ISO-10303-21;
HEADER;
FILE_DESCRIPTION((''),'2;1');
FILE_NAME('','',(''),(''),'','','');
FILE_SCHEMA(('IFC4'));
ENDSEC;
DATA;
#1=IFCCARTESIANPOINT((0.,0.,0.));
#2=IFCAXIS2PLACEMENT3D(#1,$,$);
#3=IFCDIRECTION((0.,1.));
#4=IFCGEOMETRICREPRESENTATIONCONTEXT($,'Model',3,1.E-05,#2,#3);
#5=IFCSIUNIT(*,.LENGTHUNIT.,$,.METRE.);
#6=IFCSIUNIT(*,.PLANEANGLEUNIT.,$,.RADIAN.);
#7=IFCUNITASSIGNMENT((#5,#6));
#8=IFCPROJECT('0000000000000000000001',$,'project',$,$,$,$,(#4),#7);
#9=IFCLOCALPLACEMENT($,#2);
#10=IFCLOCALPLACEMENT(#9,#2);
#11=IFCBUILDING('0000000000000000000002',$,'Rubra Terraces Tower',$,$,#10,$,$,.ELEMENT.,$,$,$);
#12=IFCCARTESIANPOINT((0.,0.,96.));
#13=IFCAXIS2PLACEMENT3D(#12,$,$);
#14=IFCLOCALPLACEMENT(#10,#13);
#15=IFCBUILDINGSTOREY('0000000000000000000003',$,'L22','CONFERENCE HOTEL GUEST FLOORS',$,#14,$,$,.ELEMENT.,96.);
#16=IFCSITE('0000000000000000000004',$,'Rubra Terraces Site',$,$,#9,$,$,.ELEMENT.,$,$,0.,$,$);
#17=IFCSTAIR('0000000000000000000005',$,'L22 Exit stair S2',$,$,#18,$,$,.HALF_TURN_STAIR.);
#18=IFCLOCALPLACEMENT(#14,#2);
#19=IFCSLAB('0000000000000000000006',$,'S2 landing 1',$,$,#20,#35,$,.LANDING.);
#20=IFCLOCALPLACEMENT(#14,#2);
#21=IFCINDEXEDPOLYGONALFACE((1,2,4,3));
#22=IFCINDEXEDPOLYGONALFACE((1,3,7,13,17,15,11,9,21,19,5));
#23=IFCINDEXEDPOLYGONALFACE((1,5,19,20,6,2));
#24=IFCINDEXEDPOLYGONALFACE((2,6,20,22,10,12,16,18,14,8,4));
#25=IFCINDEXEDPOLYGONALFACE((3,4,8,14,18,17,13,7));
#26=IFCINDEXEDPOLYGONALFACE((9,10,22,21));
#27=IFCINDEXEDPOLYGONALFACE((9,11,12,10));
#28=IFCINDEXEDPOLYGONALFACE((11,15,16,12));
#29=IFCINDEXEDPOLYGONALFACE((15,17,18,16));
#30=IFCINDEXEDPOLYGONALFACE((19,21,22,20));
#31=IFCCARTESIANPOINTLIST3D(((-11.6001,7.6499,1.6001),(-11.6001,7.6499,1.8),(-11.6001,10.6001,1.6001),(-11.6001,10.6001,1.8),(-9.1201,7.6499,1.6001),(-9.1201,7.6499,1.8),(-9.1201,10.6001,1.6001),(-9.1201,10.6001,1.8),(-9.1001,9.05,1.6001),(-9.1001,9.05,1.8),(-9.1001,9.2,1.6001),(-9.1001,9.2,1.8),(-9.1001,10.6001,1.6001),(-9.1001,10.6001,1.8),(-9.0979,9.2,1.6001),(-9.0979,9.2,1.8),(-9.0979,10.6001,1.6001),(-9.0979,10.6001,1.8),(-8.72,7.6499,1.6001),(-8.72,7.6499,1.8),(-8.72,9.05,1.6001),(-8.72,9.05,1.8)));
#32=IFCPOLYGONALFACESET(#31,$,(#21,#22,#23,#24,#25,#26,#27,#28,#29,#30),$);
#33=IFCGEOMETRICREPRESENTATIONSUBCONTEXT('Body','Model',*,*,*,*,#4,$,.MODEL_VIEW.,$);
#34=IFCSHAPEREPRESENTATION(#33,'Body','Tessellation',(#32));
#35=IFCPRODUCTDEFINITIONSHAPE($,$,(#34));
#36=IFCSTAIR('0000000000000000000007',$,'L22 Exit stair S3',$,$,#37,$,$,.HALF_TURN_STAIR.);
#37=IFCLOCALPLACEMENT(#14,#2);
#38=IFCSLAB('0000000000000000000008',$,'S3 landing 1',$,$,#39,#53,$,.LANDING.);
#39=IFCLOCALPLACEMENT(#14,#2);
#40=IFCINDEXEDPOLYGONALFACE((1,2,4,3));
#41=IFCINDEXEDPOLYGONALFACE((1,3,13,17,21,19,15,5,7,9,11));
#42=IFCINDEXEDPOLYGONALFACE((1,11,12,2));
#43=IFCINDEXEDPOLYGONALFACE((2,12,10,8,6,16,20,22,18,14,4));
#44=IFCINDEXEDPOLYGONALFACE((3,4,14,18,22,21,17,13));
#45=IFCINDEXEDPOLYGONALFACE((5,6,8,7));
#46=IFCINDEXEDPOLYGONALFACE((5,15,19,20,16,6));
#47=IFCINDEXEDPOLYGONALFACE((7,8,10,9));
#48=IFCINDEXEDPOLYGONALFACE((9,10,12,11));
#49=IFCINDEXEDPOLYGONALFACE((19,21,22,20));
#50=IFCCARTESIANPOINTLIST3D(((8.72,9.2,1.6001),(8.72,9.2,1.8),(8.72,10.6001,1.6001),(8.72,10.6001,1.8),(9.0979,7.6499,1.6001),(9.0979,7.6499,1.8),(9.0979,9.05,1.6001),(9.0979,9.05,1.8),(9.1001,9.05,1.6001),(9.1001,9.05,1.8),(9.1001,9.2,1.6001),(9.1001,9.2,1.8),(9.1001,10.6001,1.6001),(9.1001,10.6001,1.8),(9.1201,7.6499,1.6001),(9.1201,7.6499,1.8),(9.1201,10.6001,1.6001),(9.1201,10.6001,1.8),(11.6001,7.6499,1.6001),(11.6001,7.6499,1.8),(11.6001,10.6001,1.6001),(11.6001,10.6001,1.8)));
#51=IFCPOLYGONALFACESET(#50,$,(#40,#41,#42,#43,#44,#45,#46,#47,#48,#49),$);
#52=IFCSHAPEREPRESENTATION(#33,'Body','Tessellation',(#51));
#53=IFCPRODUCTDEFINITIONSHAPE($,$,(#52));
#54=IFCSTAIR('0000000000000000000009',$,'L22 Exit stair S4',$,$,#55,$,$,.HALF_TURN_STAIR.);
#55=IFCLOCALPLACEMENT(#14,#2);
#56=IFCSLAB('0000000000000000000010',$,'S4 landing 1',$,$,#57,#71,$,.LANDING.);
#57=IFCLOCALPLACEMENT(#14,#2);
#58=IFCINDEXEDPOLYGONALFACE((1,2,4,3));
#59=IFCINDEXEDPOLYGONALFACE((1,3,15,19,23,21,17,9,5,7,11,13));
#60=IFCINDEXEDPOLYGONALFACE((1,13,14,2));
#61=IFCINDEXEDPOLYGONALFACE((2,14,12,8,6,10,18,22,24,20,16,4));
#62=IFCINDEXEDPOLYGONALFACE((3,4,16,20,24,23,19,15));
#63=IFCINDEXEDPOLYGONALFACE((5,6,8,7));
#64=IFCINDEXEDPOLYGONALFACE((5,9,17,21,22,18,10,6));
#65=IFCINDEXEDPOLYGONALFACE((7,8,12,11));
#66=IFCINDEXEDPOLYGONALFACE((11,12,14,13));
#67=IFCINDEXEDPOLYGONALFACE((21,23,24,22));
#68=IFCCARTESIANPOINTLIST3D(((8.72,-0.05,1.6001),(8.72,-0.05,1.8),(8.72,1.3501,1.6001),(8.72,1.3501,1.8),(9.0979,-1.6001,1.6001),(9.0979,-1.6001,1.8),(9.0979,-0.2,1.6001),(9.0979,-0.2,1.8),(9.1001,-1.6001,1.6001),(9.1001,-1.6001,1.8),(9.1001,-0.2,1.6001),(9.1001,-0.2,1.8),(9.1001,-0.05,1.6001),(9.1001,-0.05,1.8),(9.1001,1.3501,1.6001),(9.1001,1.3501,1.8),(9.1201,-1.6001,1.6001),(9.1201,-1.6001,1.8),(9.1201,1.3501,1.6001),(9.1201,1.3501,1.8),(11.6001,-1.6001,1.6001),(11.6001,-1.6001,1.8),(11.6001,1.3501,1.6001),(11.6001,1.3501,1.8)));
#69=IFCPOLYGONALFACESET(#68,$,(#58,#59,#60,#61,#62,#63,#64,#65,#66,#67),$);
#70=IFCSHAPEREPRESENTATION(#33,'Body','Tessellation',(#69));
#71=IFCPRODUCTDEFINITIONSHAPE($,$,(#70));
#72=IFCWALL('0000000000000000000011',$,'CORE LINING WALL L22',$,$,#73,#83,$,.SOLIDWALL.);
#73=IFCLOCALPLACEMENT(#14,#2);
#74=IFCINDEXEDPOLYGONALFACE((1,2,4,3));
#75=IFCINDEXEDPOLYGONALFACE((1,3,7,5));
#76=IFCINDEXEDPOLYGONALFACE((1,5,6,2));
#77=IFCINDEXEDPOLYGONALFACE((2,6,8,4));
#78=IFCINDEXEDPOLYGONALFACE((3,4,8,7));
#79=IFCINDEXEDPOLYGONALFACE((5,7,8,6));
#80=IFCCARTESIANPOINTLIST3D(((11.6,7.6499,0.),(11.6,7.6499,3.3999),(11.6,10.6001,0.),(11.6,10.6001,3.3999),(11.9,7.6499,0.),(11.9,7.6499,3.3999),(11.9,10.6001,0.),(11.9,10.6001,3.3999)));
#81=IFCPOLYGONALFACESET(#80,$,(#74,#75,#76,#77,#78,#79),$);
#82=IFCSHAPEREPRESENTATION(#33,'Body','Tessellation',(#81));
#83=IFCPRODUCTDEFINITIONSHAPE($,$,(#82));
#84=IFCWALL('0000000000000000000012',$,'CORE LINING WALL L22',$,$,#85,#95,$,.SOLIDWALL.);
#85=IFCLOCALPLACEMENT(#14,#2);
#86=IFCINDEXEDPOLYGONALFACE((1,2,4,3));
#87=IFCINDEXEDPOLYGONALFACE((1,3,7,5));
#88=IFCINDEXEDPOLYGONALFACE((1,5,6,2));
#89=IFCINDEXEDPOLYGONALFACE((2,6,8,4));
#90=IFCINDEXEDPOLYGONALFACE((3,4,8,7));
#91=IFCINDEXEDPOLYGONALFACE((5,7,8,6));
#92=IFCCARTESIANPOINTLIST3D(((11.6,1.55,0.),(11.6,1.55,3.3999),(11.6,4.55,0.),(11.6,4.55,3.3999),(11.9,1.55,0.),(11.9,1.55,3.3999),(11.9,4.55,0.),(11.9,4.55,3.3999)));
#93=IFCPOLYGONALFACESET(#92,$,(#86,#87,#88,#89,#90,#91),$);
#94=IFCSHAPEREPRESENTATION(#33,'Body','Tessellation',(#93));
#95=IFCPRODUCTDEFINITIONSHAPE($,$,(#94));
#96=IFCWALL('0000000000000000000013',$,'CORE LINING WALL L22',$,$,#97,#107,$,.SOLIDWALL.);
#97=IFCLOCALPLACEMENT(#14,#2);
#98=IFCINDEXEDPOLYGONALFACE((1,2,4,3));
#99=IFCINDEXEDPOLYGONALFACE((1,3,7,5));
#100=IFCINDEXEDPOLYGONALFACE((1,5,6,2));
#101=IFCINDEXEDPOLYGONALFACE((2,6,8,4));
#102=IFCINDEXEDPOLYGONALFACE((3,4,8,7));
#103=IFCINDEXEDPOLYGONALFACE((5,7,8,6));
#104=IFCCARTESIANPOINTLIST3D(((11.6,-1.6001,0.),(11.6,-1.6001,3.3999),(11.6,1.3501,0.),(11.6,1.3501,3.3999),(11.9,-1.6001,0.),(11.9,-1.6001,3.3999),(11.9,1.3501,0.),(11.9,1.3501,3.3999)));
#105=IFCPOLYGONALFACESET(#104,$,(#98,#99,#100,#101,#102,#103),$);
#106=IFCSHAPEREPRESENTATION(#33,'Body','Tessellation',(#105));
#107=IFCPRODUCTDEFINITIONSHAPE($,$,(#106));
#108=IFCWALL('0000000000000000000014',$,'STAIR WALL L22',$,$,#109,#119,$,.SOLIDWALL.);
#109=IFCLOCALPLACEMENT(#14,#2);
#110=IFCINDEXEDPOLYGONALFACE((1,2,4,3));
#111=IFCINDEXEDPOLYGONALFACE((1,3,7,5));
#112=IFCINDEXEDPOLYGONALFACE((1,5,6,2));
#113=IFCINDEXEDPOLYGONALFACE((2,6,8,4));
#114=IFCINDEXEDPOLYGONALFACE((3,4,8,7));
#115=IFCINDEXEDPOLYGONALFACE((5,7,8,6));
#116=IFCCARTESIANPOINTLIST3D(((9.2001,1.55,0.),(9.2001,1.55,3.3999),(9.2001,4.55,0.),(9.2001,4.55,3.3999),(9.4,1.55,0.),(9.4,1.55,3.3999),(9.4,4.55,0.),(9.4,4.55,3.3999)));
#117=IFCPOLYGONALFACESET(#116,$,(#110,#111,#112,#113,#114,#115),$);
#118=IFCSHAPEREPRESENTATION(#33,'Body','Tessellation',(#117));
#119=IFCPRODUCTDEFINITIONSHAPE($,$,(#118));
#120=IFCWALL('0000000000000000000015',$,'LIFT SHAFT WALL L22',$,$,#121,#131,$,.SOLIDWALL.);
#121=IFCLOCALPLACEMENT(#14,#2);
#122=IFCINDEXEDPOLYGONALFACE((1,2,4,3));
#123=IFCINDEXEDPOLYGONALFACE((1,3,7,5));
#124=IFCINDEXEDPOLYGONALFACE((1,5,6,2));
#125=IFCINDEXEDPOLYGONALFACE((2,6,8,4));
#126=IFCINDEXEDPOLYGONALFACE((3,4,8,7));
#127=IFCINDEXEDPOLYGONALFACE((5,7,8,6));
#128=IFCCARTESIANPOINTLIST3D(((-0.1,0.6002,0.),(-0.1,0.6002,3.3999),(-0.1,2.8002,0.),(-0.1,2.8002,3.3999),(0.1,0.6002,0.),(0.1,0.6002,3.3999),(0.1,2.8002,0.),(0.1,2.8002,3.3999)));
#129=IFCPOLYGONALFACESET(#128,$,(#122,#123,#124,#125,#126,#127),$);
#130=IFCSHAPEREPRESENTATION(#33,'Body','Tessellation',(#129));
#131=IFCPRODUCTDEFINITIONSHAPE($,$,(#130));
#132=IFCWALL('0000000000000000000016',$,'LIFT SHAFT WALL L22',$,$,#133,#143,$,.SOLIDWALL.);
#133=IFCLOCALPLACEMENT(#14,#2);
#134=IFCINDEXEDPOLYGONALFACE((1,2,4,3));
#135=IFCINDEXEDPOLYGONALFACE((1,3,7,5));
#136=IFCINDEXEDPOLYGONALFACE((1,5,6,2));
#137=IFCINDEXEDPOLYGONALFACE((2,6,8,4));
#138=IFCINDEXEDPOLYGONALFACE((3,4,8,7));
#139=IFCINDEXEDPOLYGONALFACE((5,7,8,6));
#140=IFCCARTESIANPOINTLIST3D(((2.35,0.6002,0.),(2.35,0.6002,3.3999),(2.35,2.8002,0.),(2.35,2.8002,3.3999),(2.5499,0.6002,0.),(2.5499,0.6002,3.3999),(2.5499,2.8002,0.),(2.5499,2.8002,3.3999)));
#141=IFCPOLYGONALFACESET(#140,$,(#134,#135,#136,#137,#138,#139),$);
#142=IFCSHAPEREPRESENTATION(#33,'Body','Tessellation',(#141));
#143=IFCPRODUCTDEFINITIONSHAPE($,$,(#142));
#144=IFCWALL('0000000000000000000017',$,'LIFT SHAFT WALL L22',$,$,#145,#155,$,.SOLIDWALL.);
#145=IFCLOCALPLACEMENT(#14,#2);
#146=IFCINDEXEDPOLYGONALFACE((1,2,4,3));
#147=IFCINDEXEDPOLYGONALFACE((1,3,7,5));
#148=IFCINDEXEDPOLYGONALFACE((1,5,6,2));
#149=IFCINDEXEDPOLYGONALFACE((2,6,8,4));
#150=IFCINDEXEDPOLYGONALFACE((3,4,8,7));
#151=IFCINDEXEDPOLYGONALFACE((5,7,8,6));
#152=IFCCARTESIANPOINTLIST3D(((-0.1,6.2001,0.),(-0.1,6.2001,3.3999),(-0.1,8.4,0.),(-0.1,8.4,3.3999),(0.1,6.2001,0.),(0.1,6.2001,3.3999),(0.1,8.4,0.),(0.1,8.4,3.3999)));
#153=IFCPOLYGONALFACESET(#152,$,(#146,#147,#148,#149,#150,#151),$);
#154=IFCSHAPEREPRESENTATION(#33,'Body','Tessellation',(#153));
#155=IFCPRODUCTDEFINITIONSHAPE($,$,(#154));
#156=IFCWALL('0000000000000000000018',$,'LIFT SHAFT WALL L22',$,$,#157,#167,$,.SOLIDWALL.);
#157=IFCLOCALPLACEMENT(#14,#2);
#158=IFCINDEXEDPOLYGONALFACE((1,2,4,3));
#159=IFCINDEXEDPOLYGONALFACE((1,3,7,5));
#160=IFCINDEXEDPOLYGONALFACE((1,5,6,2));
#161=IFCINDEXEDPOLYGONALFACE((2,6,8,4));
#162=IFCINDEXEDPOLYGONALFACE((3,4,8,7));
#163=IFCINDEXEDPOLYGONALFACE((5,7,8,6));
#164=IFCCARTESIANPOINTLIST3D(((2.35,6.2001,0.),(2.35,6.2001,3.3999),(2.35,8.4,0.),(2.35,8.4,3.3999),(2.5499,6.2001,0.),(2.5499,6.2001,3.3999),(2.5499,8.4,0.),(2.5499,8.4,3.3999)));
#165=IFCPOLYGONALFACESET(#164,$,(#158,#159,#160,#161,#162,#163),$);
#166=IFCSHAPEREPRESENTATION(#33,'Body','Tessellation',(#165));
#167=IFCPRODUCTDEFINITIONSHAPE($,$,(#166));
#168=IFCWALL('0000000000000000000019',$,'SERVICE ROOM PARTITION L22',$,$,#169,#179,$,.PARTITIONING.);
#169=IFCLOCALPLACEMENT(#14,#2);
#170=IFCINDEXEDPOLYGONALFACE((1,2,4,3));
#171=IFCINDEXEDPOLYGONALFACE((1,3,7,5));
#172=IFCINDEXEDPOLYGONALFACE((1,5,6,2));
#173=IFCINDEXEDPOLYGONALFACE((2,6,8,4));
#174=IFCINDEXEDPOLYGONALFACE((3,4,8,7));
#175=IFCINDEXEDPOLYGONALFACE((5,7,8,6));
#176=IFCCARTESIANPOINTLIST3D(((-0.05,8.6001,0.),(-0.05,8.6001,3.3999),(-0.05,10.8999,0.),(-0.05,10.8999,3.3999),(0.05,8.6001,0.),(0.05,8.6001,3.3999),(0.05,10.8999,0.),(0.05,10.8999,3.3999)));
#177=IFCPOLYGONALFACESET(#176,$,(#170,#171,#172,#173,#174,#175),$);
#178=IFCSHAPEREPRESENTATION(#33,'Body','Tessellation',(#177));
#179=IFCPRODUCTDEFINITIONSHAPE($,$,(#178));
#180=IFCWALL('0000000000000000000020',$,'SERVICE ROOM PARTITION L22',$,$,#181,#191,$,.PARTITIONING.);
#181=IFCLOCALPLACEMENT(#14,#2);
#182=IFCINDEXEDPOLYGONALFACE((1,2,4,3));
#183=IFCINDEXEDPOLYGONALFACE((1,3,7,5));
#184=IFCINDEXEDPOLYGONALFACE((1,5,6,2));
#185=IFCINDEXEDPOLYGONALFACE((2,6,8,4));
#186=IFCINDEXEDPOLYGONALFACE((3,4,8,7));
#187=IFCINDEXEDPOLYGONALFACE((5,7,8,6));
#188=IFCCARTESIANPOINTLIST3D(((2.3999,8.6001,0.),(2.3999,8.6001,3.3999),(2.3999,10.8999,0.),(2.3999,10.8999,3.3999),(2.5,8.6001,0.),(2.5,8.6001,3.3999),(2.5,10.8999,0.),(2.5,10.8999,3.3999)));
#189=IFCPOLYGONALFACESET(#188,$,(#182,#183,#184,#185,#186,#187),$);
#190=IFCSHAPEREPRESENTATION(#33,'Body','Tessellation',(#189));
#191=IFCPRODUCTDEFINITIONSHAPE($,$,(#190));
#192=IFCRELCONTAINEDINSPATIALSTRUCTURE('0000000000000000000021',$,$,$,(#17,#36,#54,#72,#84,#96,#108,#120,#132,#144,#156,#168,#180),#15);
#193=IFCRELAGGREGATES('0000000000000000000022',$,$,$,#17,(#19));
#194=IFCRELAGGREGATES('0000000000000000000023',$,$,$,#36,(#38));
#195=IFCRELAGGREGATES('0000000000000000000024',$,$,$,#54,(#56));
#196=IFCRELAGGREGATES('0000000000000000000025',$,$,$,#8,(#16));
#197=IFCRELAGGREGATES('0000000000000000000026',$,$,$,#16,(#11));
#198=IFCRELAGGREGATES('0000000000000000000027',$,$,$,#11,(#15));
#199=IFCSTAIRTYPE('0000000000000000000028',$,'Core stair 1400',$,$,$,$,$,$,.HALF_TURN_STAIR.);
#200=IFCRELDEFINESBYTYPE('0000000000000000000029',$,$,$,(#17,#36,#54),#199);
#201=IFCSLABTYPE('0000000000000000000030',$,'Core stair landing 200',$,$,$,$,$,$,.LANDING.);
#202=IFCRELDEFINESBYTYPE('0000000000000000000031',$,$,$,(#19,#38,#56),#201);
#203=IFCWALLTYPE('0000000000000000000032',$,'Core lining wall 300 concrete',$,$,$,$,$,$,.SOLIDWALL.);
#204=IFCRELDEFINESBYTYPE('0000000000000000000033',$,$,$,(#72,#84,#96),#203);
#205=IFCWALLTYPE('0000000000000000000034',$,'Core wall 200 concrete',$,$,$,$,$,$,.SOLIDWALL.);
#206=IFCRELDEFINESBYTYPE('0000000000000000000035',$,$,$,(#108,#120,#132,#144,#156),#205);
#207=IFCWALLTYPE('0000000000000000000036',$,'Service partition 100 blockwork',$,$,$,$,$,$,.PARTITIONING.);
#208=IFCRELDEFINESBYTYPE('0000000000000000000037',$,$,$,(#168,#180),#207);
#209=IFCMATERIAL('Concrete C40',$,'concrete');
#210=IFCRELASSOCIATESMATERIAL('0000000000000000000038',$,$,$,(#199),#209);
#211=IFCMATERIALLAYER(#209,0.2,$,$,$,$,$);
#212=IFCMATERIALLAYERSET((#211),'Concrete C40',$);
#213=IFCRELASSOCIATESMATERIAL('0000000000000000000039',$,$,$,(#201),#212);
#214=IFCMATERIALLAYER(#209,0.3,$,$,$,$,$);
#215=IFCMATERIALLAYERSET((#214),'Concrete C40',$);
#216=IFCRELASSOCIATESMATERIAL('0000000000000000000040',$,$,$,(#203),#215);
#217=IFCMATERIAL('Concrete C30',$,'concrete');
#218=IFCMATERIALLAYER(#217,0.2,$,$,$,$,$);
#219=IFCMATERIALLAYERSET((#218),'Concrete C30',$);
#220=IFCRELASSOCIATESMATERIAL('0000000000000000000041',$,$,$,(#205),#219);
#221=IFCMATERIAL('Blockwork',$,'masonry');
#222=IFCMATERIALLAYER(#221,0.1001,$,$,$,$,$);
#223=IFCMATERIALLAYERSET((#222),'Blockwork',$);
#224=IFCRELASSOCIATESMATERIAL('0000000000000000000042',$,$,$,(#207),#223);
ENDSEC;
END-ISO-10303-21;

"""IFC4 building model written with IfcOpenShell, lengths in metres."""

from ifc_helpers import new_model, si_unit, direction, frame, frame_2d, origin, place, context, subcontext, project, spatial, polyline, rectangle, outline, extrude, material, layer, layer_set, type_object, element, aggregate, save


model = new_model("IFC4")

# Units and contexts
model_context = context("Model", 3, precision=1e-05, world=origin(), true_north=direction((0.0, 1.0)))
body_context = subcontext(model_context, "Body", "Model", "MODEL_VIEW")
ifc_project = project(units=[si_unit("LENGTHUNIT", "METRE"), si_unit("PLANEANGLEUNIT", "RADIAN")], contexts=[model_context])

# Site, building, storey
site_placement = place(None, origin())
site = spatial("IfcSite", under=ifc_project, at=site_placement, Name="Rubra Terraces Site", CompositionType="ELEMENT", RefElevation=0.0)
building_placement = place(site_placement, origin())
building = spatial("IfcBuilding", under=site, at=building_placement, Name="Rubra Terraces Tower", CompositionType="ELEMENT")
storey_placement = place(building_placement, frame((0.0, 0.0, 96.0)))
storey = spatial("IfcBuildingStorey", under=building, at=storey_placement, Name="L22", Description="CONFERENCE HOTEL GUEST FLOORS", CompositionType="ELEMENT", Elevation=96.0)

# Stairs, slabs
ifc_material_1 = material(Name="Concrete C40", Category="concrete")
stair_type = type_object("IfcStairType", Name="Core stair 1400", PredefinedType="HALF_TURN_STAIR", material=ifc_material_1)
stair_1_placement = place(storey_placement, origin())
stair_1 = element("IfcStair", 1, at=stair_1_placement, inside=storey, type_object=stair_type, Name="L22 Exit stair S2", PredefinedType="HALF_TURN_STAIR")
ifc_layer_1 = layer(ifc_material_1, 0.2)
ifc_layer_set_1 = layer_set([ifc_layer_1], Name="Concrete C40")
slab_type = type_object("IfcSlabType", Name="Core stair landing 200", PredefinedType="LANDING", material=ifc_layer_set_1)
slab_1_placement = place(storey_placement, frame((0.0, 0.0, 1.6001)))
slab_1 = element("IfcSlab", 2, at=slab_1_placement, type_object=slab_type, Name="S2 landing 1", PredefinedType="LANDING", context=body_context, shape_type="SweptSolid", body=[
    extrude(outline(polyline([(-8.72, 9.05), (-8.72, 7.6499), (-9.1201, 7.6499), (-11.6001, 7.6499), (-11.6001, 10.6001), (-9.1201, 10.6001), (-9.1001, 10.6001), (-9.0979, 10.6001), (-9.0979, 9.2), (-9.1001, 9.2), (-9.1001, 9.05), (-8.72, 9.05)])), origin(), (0.0, 0.0, 1.0), 0.2),
])
aggregate(stair_1, [slab_1])
stair_2_placement = place(storey_placement, origin())
stair_2 = element("IfcStair", 3, at=stair_2_placement, inside=storey, type_object=stair_type, Name="L22 Exit stair S3", PredefinedType="HALF_TURN_STAIR")
slab_2_placement = place(storey_placement, frame((0.0, 0.0, 1.6001)))
slab_2 = element("IfcSlab", 4, at=slab_2_placement, type_object=slab_type, Name="S3 landing 1", PredefinedType="LANDING", context=body_context, shape_type="SweptSolid", body=[
    extrude(outline(polyline([(9.1001, 9.05), (9.1001, 9.2), (8.72, 9.2), (8.72, 10.6001), (9.1001, 10.6001), (9.1201, 10.6001), (11.6001, 10.6001), (11.6001, 7.6499), (9.1201, 7.6499), (9.0979, 7.6499), (9.0979, 9.05), (9.1001, 9.05)])), origin(), (0.0, 0.0, 1.0), 0.2),
])
stair_3_placement = place(storey_placement, origin())
stair_3 = element("IfcStair", 5, at=stair_3_placement, inside=storey, type_object=stair_type, Name="L22 Exit stair S4", PredefinedType="HALF_TURN_STAIR")
slab_3_placement = place(storey_placement, frame((0.0, 0.0, 1.6001)))
slab_3 = element("IfcSlab", 6, at=slab_3_placement, type_object=slab_type, Name="S4 landing 1", PredefinedType="LANDING", context=body_context, shape_type="SweptSolid", body=[
    extrude(outline(polyline([(9.1001, -0.2), (9.1001, -0.05), (8.72, -0.05), (8.72, 1.3501), (9.1001, 1.3501), (9.1201, 1.3501), (11.6001, 1.3501), (11.6001, -1.6001), (9.1201, -1.6001), (9.1001, -1.6001), (9.0979, -1.6001), (9.0979, -0.2), (9.1001, -0.2)])), origin(), (0.0, 0.0, 1.0), 0.2),
])

# Walls
ifc_layer_2 = layer(ifc_material_1, 0.3)
ifc_layer_set_2 = layer_set([ifc_layer_2], Name="Concrete C40")
wall_type_1 = type_object("IfcWallType", Name="Core lining wall 300 concrete", PredefinedType="SOLIDWALL", material=ifc_layer_set_2)
wall_1_placement = place(storey_placement, frame((11.75, 10.6001, 0.0), z_axis=(0.0, 0.0, 1.0), x_axis=(0.0, -1.0, 0.0)))
element("IfcWall", 7, at=wall_1_placement, inside=storey, type_object=wall_type_1, Name="CORE LINING WALL L22", PredefinedType="SOLIDWALL", context=body_context, shape_type="SweptSolid", body=[
    extrude(rectangle(XDim=2.9502, YDim=0.3, at=frame_2d((1.4751, 0.0))), origin(), (0.0, 0.0, 1.0), 3.3999),
])
wall_2_placement = place(storey_placement, frame((11.75, 4.55, 0.0), z_axis=(0.0, 0.0, 1.0), x_axis=(0.0, -1.0, 0.0)))
element("IfcWall", 8, at=wall_2_placement, inside=storey, type_object=wall_type_1, Name="CORE LINING WALL L22", PredefinedType="SOLIDWALL", context=body_context, shape_type="SweptSolid", body=[
    extrude(rectangle(XDim=3.0, YDim=0.3, at=frame_2d((1.5, 0.0))), origin(), (0.0, 0.0, 1.0), 3.3999),
])
wall_3_placement = place(storey_placement, frame((11.75, 1.3501, 0.0), z_axis=(0.0, 0.0, 1.0), x_axis=(0.0, -1.0, 0.0)))
element("IfcWall", 9, at=wall_3_placement, inside=storey, type_object=wall_type_1, Name="CORE LINING WALL L22", PredefinedType="SOLIDWALL", context=body_context, shape_type="SweptSolid", body=[
    extrude(rectangle(XDim=2.9502, YDim=0.3, at=frame_2d((1.4751, 0.0))), origin(), (0.0, 0.0, 1.0), 3.3999),
])
ifc_material_2 = material(Name="Concrete C30", Category="concrete")
ifc_layer_3 = layer(ifc_material_2, 0.2)
ifc_layer_set_3 = layer_set([ifc_layer_3], Name="Concrete C30")
wall_type_2 = type_object("IfcWallType", Name="Core wall 200 concrete", PredefinedType="SOLIDWALL", material=ifc_layer_set_3)
wall_4_placement = place(storey_placement, frame((9.3, 4.55, 0.0), z_axis=(0.0, 0.0, 1.0), x_axis=(0.0, -1.0, 0.0)))
element("IfcWall", 10, at=wall_4_placement, inside=storey, type_object=wall_type_2, Name="STAIR WALL L22", PredefinedType="SOLIDWALL", context=body_context, shape_type="SweptSolid", body=[
    extrude(rectangle(XDim=3.0, YDim=0.2, at=frame_2d((1.5, 0.0))), origin(), (0.0, 0.0, 1.0), 3.3999),
])
for number, where, z_axis, x_axis, name in (
    (11, (0.0, 0.6001, 0.0), (0.0, 0.0, 1.0), (0.0, 1.0, 0.0), "LIFT SHAFT WALL L22"),
    (12, (2.45, 0.6001, 0.0), (0.0, 0.0, 1.0), (0.0, 1.0, 0.0), "LIFT SHAFT WALL L22"),
    (13, (0.0, 6.2, 0.0), (0.0, 0.0, 1.0), (0.0, 1.0, 0.0), "LIFT SHAFT WALL L22"),
    (14, (2.45, 6.2, 0.0), (0.0, 0.0, 1.0), (0.0, 1.0, 0.0), "LIFT SHAFT WALL L22"),
):
    element("IfcWall", number, at=place(storey_placement, frame(where, z_axis=z_axis, x_axis=x_axis)), inside=storey, type_object=wall_type_2, Name=name, PredefinedType="SOLIDWALL", context=body_context, shape_type="SweptSolid", body=[
        extrude(rectangle(XDim=2.2, YDim=0.2, at=frame_2d((1.1001, 0.0))), origin(), (0.0, 0.0, 1.0), 3.3999),
    ])
ifc_material_3 = material(Name="Blockwork", Category="masonry")
ifc_layer_4 = layer(ifc_material_3, 0.1001)
ifc_layer_set_4 = layer_set([ifc_layer_4], Name="Blockwork")
wall_type_3 = type_object("IfcWallType", Name="Service partition 100 blockwork", PredefinedType="PARTITIONING", material=ifc_layer_set_4)
for number, where, z_axis, x_axis, name in (
    (15, (0.0, 8.6001, 0.0), (0.0, 0.0, 1.0), (0.0, 1.0, 0.0), "SERVICE ROOM PARTITION L22"),
    (16, (2.45, 8.6001, 0.0), (0.0, 0.0, 1.0), (0.0, 1.0, 0.0), "SERVICE ROOM PARTITION L22"),
):
    element("IfcWall", number, at=place(storey_placement, frame(where, z_axis=z_axis, x_axis=x_axis)), inside=storey, type_object=wall_type_3, Name=name, PredefinedType="PARTITIONING", context=body_context, shape_type="SweptSolid", body=[
        extrude(rectangle(XDim=2.2998, YDim=0.1001, at=frame_2d((1.1499, 0.0))), origin(), (0.0, 0.0, 1.0), 3.3999),
    ])

aggregate(stair_2, [slab_2])
aggregate(stair_3, [slab_3])

save(model, "model.ifc")
